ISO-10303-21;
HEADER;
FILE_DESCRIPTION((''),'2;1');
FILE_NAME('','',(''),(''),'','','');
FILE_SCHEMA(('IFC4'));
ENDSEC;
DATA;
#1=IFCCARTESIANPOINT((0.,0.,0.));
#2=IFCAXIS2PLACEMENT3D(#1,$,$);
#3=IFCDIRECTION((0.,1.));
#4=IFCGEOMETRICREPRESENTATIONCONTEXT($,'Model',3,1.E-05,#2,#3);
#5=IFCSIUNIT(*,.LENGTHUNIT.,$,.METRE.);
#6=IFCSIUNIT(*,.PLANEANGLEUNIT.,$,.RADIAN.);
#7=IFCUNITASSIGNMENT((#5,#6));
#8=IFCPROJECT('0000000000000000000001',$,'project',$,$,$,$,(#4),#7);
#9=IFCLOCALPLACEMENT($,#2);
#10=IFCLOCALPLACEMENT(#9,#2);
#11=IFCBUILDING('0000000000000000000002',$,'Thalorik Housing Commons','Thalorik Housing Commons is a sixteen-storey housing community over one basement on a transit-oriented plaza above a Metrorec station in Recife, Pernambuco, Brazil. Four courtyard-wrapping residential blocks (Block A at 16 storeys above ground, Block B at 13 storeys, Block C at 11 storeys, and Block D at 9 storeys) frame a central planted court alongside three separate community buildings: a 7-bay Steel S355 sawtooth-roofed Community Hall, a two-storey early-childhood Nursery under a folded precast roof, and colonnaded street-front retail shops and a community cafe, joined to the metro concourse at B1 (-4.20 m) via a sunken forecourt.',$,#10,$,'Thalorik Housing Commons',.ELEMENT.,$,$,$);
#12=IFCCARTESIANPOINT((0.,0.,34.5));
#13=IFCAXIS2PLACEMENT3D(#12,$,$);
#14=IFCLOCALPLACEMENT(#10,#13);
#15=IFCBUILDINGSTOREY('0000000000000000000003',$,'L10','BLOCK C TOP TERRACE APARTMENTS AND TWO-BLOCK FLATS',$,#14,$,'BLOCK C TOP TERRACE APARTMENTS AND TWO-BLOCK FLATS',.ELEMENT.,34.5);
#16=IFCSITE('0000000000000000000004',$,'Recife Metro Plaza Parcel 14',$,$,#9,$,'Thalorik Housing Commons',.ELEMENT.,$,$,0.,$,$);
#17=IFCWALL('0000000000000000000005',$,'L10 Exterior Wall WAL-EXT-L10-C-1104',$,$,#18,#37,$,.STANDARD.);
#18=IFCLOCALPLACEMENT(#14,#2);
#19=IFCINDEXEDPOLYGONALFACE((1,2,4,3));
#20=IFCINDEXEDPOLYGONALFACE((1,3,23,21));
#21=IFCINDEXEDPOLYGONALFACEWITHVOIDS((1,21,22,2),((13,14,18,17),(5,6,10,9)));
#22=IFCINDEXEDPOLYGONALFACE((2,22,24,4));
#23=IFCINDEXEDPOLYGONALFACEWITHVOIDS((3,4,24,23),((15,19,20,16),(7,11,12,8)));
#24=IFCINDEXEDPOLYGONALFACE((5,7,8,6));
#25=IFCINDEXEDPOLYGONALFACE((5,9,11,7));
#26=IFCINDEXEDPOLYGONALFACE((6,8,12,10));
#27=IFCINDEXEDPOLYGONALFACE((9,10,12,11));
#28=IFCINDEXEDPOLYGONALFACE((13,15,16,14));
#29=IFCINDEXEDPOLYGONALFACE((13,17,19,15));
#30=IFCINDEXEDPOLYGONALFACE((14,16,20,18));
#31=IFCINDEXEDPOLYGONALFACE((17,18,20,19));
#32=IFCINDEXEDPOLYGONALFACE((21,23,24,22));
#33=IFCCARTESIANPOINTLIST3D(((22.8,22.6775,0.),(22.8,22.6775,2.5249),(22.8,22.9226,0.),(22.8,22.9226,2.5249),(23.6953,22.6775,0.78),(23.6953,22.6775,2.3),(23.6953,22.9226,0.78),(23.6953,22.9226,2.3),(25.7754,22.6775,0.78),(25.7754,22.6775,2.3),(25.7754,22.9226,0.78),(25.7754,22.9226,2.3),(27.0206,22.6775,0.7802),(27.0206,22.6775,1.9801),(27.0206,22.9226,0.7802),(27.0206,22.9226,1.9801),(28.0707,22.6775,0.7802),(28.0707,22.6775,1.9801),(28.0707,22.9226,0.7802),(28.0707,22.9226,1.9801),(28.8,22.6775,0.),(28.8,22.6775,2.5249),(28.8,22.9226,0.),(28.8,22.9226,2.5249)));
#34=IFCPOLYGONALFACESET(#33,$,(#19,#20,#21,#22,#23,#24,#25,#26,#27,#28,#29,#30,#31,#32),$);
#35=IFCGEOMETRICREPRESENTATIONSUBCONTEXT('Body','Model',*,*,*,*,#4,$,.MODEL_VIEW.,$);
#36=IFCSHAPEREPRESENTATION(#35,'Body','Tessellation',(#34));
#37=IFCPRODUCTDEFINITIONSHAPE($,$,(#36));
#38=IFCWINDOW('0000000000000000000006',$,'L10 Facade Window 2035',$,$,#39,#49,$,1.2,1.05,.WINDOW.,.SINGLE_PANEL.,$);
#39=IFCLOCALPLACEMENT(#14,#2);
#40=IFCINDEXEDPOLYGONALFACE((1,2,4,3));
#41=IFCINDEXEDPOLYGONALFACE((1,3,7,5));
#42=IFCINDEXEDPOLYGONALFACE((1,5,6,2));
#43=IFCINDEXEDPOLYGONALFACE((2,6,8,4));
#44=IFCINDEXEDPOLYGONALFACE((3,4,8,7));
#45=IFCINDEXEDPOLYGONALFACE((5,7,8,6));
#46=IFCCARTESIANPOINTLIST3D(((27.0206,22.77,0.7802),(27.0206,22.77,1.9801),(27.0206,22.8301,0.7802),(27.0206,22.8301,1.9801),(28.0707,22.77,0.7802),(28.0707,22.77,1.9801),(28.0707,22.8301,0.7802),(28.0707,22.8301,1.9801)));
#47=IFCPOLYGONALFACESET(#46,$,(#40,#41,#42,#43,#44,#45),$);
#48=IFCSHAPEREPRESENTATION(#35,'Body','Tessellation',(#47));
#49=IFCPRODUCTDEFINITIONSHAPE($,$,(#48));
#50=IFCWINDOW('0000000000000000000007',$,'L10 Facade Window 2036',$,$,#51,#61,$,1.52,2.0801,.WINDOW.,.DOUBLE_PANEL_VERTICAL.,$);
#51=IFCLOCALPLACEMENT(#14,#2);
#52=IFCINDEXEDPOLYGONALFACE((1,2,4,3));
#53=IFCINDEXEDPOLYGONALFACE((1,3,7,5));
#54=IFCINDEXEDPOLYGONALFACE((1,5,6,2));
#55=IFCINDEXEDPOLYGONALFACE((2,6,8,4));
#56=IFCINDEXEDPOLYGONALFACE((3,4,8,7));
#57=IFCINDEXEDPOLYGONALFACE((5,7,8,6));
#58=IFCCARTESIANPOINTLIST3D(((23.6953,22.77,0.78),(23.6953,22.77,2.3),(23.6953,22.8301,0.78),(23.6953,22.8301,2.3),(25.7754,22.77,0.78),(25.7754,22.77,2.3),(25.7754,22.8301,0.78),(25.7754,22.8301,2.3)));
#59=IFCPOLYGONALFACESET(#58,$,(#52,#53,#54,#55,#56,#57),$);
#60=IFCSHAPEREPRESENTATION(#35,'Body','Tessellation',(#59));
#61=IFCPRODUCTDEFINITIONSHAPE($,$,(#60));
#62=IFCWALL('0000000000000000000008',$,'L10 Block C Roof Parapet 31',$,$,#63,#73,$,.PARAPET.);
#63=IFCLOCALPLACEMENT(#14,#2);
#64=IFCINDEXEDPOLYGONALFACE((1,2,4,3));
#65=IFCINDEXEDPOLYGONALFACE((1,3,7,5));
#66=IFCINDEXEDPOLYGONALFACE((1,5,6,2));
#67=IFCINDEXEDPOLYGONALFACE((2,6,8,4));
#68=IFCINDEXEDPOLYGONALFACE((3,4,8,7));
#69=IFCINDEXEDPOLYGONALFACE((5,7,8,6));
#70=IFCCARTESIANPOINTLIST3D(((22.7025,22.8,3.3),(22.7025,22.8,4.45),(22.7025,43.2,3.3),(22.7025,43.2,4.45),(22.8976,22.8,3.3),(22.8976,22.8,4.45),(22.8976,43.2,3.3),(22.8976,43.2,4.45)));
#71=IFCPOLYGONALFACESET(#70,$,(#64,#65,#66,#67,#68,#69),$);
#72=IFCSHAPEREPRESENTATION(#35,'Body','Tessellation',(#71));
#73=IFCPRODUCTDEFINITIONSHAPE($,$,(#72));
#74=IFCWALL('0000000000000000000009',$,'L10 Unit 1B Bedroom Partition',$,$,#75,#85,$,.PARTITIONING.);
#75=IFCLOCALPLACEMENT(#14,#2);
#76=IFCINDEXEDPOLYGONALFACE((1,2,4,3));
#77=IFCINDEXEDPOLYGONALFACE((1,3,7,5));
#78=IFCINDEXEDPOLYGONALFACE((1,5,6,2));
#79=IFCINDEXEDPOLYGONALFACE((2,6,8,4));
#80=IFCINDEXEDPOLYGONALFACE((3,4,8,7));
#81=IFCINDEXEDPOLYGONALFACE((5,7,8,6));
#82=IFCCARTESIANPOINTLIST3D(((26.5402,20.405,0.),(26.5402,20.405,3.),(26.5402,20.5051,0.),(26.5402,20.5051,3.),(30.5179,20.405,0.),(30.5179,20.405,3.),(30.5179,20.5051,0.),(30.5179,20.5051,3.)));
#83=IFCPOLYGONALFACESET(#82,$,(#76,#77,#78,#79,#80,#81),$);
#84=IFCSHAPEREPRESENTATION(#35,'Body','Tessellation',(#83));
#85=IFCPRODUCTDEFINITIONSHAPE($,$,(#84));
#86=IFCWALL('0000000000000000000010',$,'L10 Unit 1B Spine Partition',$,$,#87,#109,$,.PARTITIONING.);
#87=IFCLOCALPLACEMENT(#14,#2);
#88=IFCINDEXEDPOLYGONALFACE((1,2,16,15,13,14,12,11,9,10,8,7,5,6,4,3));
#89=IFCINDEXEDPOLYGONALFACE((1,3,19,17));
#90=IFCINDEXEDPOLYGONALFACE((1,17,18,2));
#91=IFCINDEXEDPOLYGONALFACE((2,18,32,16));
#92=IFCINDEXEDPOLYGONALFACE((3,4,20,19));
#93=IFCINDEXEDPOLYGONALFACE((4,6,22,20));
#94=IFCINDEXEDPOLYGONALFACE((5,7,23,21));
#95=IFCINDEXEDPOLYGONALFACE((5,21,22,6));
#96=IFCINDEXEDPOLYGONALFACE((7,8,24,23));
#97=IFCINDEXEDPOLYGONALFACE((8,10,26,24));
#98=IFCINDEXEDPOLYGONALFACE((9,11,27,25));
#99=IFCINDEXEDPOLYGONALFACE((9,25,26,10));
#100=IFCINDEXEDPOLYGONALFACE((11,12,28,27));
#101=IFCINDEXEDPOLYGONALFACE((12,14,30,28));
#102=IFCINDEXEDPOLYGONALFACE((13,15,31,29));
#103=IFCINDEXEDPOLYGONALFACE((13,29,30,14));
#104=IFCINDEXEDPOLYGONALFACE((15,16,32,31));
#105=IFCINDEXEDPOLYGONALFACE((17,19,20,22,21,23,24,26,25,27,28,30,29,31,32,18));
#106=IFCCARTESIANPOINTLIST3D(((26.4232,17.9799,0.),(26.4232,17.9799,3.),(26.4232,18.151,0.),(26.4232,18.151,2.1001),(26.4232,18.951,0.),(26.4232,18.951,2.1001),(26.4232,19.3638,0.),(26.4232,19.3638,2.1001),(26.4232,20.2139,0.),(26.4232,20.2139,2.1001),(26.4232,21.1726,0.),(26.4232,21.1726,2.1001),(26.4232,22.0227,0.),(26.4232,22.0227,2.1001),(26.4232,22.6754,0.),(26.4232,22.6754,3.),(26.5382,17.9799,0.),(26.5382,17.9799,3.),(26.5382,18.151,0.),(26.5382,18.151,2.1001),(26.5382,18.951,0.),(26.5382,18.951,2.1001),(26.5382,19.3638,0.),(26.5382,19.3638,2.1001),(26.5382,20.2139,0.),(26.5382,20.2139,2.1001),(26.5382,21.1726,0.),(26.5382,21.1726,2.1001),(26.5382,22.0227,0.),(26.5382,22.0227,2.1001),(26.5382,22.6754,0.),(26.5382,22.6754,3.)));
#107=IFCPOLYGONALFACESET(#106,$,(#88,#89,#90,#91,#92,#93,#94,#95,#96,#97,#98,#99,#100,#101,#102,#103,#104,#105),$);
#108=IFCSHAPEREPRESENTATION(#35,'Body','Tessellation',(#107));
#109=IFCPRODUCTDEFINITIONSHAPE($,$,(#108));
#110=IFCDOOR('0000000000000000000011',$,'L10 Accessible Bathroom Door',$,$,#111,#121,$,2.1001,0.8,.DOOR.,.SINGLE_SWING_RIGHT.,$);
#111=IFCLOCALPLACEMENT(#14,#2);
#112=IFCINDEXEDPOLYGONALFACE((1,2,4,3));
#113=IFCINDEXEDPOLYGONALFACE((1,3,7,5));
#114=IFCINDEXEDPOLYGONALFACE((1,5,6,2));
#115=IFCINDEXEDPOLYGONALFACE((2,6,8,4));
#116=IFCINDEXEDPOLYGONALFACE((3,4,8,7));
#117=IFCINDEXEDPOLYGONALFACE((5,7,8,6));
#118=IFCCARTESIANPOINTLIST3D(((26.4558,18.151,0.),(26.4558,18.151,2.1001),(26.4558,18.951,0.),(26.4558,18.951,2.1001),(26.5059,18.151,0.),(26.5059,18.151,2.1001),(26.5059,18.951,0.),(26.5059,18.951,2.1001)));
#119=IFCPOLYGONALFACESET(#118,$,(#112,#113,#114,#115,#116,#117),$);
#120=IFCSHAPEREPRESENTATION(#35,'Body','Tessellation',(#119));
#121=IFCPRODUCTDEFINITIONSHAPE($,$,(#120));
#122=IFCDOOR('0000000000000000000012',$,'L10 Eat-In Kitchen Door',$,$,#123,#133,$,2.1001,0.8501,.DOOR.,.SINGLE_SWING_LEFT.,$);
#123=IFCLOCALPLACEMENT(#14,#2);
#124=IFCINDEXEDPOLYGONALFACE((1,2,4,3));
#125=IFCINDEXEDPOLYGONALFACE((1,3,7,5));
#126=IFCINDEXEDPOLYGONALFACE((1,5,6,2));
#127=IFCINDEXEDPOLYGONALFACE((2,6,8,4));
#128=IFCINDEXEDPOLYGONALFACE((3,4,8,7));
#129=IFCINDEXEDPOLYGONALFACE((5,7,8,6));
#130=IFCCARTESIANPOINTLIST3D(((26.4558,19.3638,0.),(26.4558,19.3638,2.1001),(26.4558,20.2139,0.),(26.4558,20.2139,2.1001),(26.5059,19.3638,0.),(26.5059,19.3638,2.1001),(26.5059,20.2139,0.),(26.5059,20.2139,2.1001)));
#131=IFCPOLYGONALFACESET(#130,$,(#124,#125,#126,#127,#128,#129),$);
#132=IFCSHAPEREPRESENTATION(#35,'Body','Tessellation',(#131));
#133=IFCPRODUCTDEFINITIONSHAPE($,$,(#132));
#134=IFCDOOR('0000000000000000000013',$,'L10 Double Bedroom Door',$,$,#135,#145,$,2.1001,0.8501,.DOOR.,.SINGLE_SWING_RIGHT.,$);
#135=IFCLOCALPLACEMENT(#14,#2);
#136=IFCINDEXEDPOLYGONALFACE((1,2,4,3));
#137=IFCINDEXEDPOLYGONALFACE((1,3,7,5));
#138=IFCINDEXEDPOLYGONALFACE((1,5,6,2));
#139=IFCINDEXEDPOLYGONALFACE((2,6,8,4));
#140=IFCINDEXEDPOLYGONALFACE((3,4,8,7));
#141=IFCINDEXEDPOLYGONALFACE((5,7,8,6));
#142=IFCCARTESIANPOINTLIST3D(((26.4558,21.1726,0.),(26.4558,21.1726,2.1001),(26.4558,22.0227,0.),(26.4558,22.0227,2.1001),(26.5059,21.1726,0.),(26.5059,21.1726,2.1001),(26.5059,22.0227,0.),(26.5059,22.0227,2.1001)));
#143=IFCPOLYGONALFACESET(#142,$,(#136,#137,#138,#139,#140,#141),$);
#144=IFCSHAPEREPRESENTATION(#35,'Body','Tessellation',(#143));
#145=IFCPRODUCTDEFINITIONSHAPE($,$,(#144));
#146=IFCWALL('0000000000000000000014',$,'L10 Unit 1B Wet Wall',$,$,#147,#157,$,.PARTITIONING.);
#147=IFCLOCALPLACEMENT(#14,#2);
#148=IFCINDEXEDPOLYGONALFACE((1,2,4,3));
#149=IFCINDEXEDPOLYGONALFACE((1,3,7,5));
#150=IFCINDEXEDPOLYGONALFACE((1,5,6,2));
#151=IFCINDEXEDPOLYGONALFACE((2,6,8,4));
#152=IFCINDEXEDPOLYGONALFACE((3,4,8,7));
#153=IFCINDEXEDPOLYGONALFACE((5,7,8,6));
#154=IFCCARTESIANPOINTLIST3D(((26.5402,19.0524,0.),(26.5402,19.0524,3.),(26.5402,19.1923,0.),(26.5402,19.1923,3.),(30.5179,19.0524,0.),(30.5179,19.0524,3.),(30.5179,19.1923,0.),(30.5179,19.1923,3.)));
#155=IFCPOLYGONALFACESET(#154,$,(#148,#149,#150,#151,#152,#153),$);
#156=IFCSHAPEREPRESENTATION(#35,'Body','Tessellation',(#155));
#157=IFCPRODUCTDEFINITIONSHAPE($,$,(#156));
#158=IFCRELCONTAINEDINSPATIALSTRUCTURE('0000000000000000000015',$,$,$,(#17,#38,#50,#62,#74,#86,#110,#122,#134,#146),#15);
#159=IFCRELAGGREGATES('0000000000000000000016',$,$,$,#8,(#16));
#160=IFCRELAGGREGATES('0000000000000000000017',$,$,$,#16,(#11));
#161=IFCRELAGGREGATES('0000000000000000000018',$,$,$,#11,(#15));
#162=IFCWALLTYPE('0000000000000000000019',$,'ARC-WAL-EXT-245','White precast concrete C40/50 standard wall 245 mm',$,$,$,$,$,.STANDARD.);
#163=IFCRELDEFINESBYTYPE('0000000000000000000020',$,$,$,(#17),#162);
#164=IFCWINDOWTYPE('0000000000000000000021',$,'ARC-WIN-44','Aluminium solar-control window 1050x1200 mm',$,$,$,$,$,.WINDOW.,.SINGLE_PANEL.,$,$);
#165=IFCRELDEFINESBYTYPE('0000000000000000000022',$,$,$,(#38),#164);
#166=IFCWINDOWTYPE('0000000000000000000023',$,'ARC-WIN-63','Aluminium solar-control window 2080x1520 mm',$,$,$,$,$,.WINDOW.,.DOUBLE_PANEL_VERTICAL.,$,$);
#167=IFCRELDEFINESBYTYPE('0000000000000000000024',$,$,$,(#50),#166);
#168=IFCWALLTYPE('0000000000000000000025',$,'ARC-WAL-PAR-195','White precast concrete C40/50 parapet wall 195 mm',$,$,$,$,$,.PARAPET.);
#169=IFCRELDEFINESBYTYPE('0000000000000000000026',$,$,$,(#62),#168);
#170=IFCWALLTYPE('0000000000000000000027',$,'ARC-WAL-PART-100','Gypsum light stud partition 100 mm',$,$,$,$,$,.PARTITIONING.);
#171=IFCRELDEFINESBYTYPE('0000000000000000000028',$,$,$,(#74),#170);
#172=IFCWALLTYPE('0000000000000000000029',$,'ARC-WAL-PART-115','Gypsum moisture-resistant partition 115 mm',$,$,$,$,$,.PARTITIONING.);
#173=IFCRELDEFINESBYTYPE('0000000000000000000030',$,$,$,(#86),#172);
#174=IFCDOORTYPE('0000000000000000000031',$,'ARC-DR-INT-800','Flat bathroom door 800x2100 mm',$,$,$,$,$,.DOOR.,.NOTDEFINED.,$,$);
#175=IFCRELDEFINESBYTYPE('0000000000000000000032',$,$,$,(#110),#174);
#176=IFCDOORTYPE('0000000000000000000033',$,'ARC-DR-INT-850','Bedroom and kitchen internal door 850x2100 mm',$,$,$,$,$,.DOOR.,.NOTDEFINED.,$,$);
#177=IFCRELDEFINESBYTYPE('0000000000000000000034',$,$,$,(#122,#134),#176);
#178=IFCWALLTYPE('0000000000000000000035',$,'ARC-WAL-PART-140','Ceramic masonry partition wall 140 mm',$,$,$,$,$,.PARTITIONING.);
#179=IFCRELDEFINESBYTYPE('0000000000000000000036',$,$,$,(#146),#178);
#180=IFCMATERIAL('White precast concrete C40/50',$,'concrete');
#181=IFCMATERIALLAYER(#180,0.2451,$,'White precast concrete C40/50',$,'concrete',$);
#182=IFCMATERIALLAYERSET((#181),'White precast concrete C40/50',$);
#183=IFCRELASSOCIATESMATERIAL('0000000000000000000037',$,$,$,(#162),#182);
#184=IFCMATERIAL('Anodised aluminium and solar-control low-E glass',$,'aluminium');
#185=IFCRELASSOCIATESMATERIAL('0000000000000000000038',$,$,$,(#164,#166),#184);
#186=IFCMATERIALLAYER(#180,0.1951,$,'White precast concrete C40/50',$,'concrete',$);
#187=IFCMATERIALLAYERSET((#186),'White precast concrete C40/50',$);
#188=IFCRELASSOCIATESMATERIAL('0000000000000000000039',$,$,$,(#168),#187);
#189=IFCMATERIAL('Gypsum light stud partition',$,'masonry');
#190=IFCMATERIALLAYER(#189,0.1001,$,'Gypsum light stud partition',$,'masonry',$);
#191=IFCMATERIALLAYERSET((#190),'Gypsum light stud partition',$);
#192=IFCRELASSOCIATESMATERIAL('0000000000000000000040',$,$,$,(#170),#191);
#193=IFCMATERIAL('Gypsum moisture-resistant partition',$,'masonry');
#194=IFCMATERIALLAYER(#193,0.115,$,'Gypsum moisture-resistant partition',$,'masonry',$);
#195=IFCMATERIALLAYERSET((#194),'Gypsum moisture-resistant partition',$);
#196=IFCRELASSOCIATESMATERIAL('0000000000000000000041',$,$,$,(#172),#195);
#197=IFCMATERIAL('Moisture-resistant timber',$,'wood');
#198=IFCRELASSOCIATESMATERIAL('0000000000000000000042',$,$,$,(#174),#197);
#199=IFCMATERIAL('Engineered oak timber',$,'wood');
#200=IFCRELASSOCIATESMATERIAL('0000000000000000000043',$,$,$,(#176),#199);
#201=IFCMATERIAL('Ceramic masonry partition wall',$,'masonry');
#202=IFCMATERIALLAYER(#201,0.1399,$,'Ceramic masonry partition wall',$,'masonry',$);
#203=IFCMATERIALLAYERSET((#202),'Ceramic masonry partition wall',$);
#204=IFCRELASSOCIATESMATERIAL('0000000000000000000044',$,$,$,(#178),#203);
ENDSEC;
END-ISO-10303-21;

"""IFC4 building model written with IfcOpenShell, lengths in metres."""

from ifc_helpers import new_model, si_unit, direction, frame, frame_2d, origin, place, context, subcontext, project, spatial, rectangle, extrude, material, layer, layer_set, type_object, element, fill, save


model = new_model("IFC4")

# Units and contexts
model_context = context("Model", 3, precision=1e-05, world=origin(), true_north=direction((0.0, 1.0)))
body_context = subcontext(model_context, "Body", "Model", "MODEL_VIEW")
ifc_project = project(units=[si_unit("LENGTHUNIT", "METRE"), si_unit("PLANEANGLEUNIT", "RADIAN")], contexts=[model_context])

# Site, building, storey
site_placement = place(None, origin())
site = spatial("IfcSite", under=ifc_project, at=site_placement, Name="Recife Metro Plaza Parcel 14", LongName="Thalorik Housing Commons", CompositionType="ELEMENT", RefElevation=0.0)
building_placement = place(site_placement, origin())
building = spatial("IfcBuilding", under=site, at=building_placement, Name="Thalorik Housing Commons", Description="Thalorik Housing Commons is a sixteen-storey housing community over one basement on a transit-oriented plaza above a Metrorec station in Recife, Pernambuco, Brazil. Four courtyard-wrapping residential blocks (Block A at 16 storeys above ground, Block B at 13 storeys, Block C at 11 storeys, and Block D at 9 storeys) frame a central planted court alongside three separate community buildings: a 7-bay Steel S355 sawtooth-roofed Community Hall, a two-storey early-childhood Nursery under a folded precast roof, and colonnaded street-front retail shops and a community cafe, joined to the metro concourse at B1 (-4.20 m) via a sunken forecourt.", LongName="Thalorik Housing Commons", CompositionType="ELEMENT")
storey_placement = place(building_placement, frame((0.0, 0.0, 34.5)))
storey = spatial("IfcBuildingStorey", under=building, at=storey_placement, Name="L10", Description="BLOCK C TOP TERRACE APARTMENTS AND TWO-BLOCK FLATS", LongName="BLOCK C TOP TERRACE APARTMENTS AND TWO-BLOCK FLATS", CompositionType="ELEMENT", Elevation=34.5)

# Wall, openings, windows
ifc_material_1 = material(Name="White precast concrete C40/50", Category="concrete")
ifc_layer_1 = layer(ifc_material_1, 0.2451, Name="White precast concrete C40/50", Category="concrete")
ifc_layer_set_1 = layer_set([ifc_layer_1], Name="White precast concrete C40/50")
wall_type_1 = type_object("IfcWallType", Name="ARC-WAL-EXT-245", Description="White precast concrete C40/50 standard wall 245 mm", PredefinedType="STANDARD", material=ifc_layer_set_1)
ifc_material_2 = material(Name="Anodised aluminium and solar-control low-E glass", Category="aluminium")
wall_1_placement = place(storey_placement, frame((28.8, 22.8, 0.0), z_axis=(0.0, 0.0, 1.0), x_axis=(-1.0, 0.0, 0.0)))
wall_1 = element("IfcWall", 1, at=wall_1_placement, inside=storey, type_object=wall_type_1, Name="L10 Exterior Wall WAL-EXT-L10-C-1104", PredefinedType="STANDARD", context=body_context, shape_type="SweptSolid", body=[
    extrude(rectangle(XDim=6.0, YDim=0.2451, at=frame_2d((3.0, 0.0))), origin(), (0.0, 0.0, 1.0), 2.5249),
])
opening_1_placement = place(wall_1_placement, frame((0.7295, 0.0, 0.78)))
opening_1 = element("IfcOpeningElement", 2, at=opening_1_placement, cuts=wall_1, PredefinedType="OPENING", context=body_context, shape_type="SweptSolid", body=[
    extrude(rectangle(XDim=1.05, YDim=1.2, at=frame_2d((0.5249, 0.6001))), frame((0.0, 0.1326, 0.0), z_axis=(0.0, -1.0, 0.0), x_axis=(1.0, 0.0, 0.0)), (0.0, 0.0, 1.0), 0.2651),
])
opening_2_placement = place(wall_1_placement, frame((3.0247, 0.0, 0.78)))
opening_2 = element("IfcOpeningElement", 3, at=opening_2_placement, cuts=wall_1, PredefinedType="OPENING", context=body_context, shape_type="SweptSolid", body=[
    extrude(rectangle(XDim=2.0801, YDim=1.52, at=frame_2d((1.04, 0.76))), frame((0.0, 0.1326, 0.0), z_axis=(0.0, -1.0, 0.0), x_axis=(1.0, 0.0, 0.0)), (0.0, 0.0, 1.0), 0.2651),
])
window_type_1 = type_object("IfcWindowType", Name="ARC-WIN-44", Description="Aluminium solar-control window 1050x1200 mm", PartitioningType="SINGLE_PANEL", PredefinedType="WINDOW", material=ifc_material_2)
window_1_placement = place(opening_1_placement, origin())
window_1 = element("IfcWindow", 4, at=window_1_placement, inside=storey, type_object=window_type_1, Name="L10 Facade Window 2035", OverallHeight=1.2, OverallWidth=1.05, PartitioningType="SINGLE_PANEL", PredefinedType="WINDOW", context=body_context, shape_type="SweptSolid", body=[
    extrude(rectangle(XDim=1.05, YDim=1.2, at=frame_2d((0.5249, 0.6001))), frame((0.0, 0.03, 0.0), z_axis=(0.0, -1.0, 0.0), x_axis=(1.0, 0.0, 0.0)), (0.0, 0.0, 1.0), 0.0601),
])
fill(opening_1, window_1)
window_type_2 = type_object("IfcWindowType", Name="ARC-WIN-63", Description="Aluminium solar-control window 2080x1520 mm", PartitioningType="DOUBLE_PANEL_VERTICAL", PredefinedType="WINDOW", material=ifc_material_2)
window_2_placement = place(opening_2_placement, origin())
window_2 = element("IfcWindow", 5, at=window_2_placement, inside=storey, type_object=window_type_2, Name="L10 Facade Window 2036", OverallHeight=1.52, OverallWidth=2.0801, PartitioningType="DOUBLE_PANEL_VERTICAL", PredefinedType="WINDOW", context=body_context, shape_type="SweptSolid", body=[
    extrude(rectangle(XDim=2.0801, YDim=1.52, at=frame_2d((1.04, 0.76))), frame((0.0, 0.03, 0.0), z_axis=(0.0, -1.0, 0.0), x_axis=(1.0, 0.0, 0.0)), (0.0, 0.0, 1.0), 0.0601),
])
fill(opening_2, window_2)

# Walls
ifc_layer_2 = layer(ifc_material_1, 0.1951, Name="White precast concrete C40/50", Category="concrete")
ifc_layer_set_2 = layer_set([ifc_layer_2], Name="White precast concrete C40/50")
wall_type_2 = type_object("IfcWallType", Name="ARC-WAL-PAR-195", Description="White precast concrete C40/50 parapet wall 195 mm", PredefinedType="PARAPET", material=ifc_layer_set_2)
wall_2_placement = place(storey_placement, frame((22.8, 22.8, 3.3), z_axis=(0.0, 0.0, 1.0), x_axis=(0.0, 1.0, 0.0)))
element("IfcWall", 6, at=wall_2_placement, inside=storey, type_object=wall_type_2, Name="L10 Block C Roof Parapet 31", PredefinedType="PARAPET", context=body_context, shape_type="SweptSolid", body=[
    extrude(rectangle(XDim=20.3999, YDim=0.1951, at=frame_2d((10.2, 0.0))), origin(), (0.0, 0.0, 1.0), 1.1499),
])
ifc_material_3 = material(Name="Gypsum light stud partition", Category="masonry")
ifc_layer_3 = layer(ifc_material_3, 0.1001, Name="Gypsum light stud partition", Category="masonry")
ifc_layer_set_3 = layer_set([ifc_layer_3], Name="Gypsum light stud partition")
wall_type_3 = type_object("IfcWallType", Name="ARC-WAL-PART-100", Description="Gypsum light stud partition 100 mm", PredefinedType="PARTITIONING", material=ifc_layer_set_3)
wall_3_placement = place(storey_placement, frame((26.5403, 20.4551, 0.0), z_axis=(0.0, 0.0, 1.0), x_axis=(1.0, 0.0, 0.0)))
element("IfcWall", 7, at=wall_3_placement, inside=storey, type_object=wall_type_3, Name="L10 Unit 1B Bedroom Partition", PredefinedType="PARTITIONING", context=body_context, shape_type="SweptSolid", body=[
    extrude(rectangle(XDim=3.9778, YDim=0.1001, at=frame_2d((1.9888, 0.0))), origin(), (0.0, 0.0, 1.0), 3.0),
])

# Wall, openings, doors
ifc_material_4 = material(Name="Gypsum moisture-resistant partition", Category="masonry")
ifc_layer_4 = layer(ifc_material_4, 0.115, Name="Gypsum moisture-resistant partition", Category="masonry")
ifc_layer_set_4 = layer_set([ifc_layer_4], Name="Gypsum moisture-resistant partition")
wall_type_4 = type_object("IfcWallType", Name="ARC-WAL-PART-115", Description="Gypsum moisture-resistant partition 115 mm", PredefinedType="PARTITIONING", material=ifc_layer_set_4)
wall_4_placement = place(storey_placement, frame((26.4807, 17.98, 0.0), z_axis=(0.0, 0.0, 1.0), x_axis=(0.0, 1.0, 0.0)))
wall_4 = element("IfcWall", 8, at=wall_4_placement, inside=storey, type_object=wall_type_4, Name="L10 Unit 1B Spine Partition", PredefinedType="PARTITIONING", context=body_context, shape_type="SweptSolid", body=[
    extrude(rectangle(XDim=4.6956, YDim=0.115, at=frame_2d((2.3477, 0.0))), origin(), (0.0, 0.0, 1.0), 3.0),
])
opening_3_placement = place(wall_4_placement, frame((0.1711, 0.0, 0.0)))
opening_3 = element("IfcOpeningElement", 9, at=opening_3_placement, cuts=wall_4, PredefinedType="OPENING", context=body_context, shape_type="SweptSolid", body=[
    extrude(rectangle(XDim=0.8, YDim=2.1001, at=frame_2d((0.3999, 1.05))), frame((0.0, 0.0674, 0.0), z_axis=(0.0, -1.0, 0.0), x_axis=(1.0, 0.0, 0.0)), (0.0, 0.0, 1.0), 0.135),
])
opening_4_placement = place(wall_4_placement, frame((1.3838, 0.0, 0.0)))
opening_4 = element("IfcOpeningElement", 10, at=opening_4_placement, cuts=wall_4, PredefinedType="OPENING", context=body_context, shape_type="SweptSolid", body=[
    extrude(rectangle(XDim=0.8501, YDim=2.1001, at=frame_2d((0.425, 1.05))), frame((0.0, 0.0674, 0.0), z_axis=(0.0, -1.0, 0.0), x_axis=(1.0, 0.0, 0.0)), (0.0, 0.0, 1.0), 0.135),
])
opening_5_placement = place(wall_4_placement, frame((3.1926, 0.0, 0.0)))
opening_5 = element("IfcOpeningElement", 11, at=opening_5_placement, cuts=wall_4, PredefinedType="OPENING", context=body_context, shape_type="SweptSolid", body=[
    extrude(rectangle(XDim=0.8501, YDim=2.1001, at=frame_2d((0.425, 1.05))), frame((0.0, 0.0674, 0.0), z_axis=(0.0, -1.0, 0.0), x_axis=(1.0, 0.0, 0.0)), (0.0, 0.0, 1.0), 0.135),
])
ifc_material_5 = material(Name="Moisture-resistant timber", Category="wood")
door_type_1 = type_object("IfcDoorType", Name="ARC-DR-INT-800", Description="Flat bathroom door 800x2100 mm", OperationType="NOTDEFINED", PredefinedType="DOOR", material=ifc_material_5)
door_1_placement = place(opening_3_placement, origin())
door_1 = element("IfcDoor", 12, at=door_1_placement, inside=storey, type_object=door_type_1, Name="L10 Accessible Bathroom Door", OperationType="SINGLE_SWING_RIGHT", OverallHeight=2.1001, OverallWidth=0.8, PredefinedType="DOOR", context=body_context, shape_type="SweptSolid", body=[
    extrude(rectangle(XDim=0.8, YDim=2.1001, at=frame_2d((0.3999, 1.05))), frame((0.0, 0.0249, 0.0), z_axis=(0.0, -1.0, 0.0), x_axis=(1.0, 0.0, 0.0)), (0.0, 0.0, 1.0), 0.05),
])
fill(opening_3, door_1)
ifc_material_6 = material(Name="Engineered oak timber", Category="wood")
door_type_2 = type_object("IfcDoorType", Name="ARC-DR-INT-850", Description="Bedroom and kitchen internal door 850x2100 mm", OperationType="NOTDEFINED", PredefinedType="DOOR", material=ifc_material_6)
door_2_placement = place(opening_4_placement, origin())
door_2 = element("IfcDoor", 13, at=door_2_placement, inside=storey, type_object=door_type_2, Name="L10 Eat-In Kitchen Door", OperationType="SINGLE_SWING_LEFT", OverallHeight=2.1001, OverallWidth=0.8501, PredefinedType="DOOR", context=body_context, shape_type="SweptSolid", body=[
    extrude(rectangle(XDim=0.8501, YDim=2.1001, at=frame_2d((0.425, 1.05))), frame((0.0, 0.0249, 0.0), z_axis=(0.0, -1.0, 0.0), x_axis=(1.0, 0.0, 0.0)), (0.0, 0.0, 1.0), 0.05),
])
fill(opening_4, door_2)
door_3_placement = place(opening_5_placement, origin())
door_3 = element("IfcDoor", 14, at=door_3_placement, inside=storey, type_object=door_type_2, Name="L10 Double Bedroom Door", OperationType="SINGLE_SWING_RIGHT", OverallHeight=2.1001, OverallWidth=0.8501, PredefinedType="DOOR", context=body_context, shape_type="SweptSolid", body=[
    extrude(rectangle(XDim=0.8501, YDim=2.1001, at=frame_2d((0.425, 1.05))), frame((0.0, 0.0249, 0.0), z_axis=(0.0, -1.0, 0.0), x_axis=(1.0, 0.0, 0.0)), (0.0, 0.0, 1.0), 0.05),
])
fill(opening_5, door_3)

# Wall
ifc_material_7 = material(Name="Ceramic masonry partition wall", Category="masonry")
ifc_layer_5 = layer(ifc_material_7, 0.1399, Name="Ceramic masonry partition wall", Category="masonry")
ifc_layer_set_5 = layer_set([ifc_layer_5], Name="Ceramic masonry partition wall")
wall_type_5 = type_object("IfcWallType", Name="ARC-WAL-PART-140", Description="Ceramic masonry partition wall 140 mm", PredefinedType="PARTITIONING", material=ifc_layer_set_5)
wall_5_placement = place(storey_placement, frame((26.5403, 19.1223, 0.0), z_axis=(0.0, 0.0, 1.0), x_axis=(1.0, 0.0, 0.0)))
element("IfcWall", 15, at=wall_5_placement, inside=storey, type_object=wall_type_5, Name="L10 Unit 1B Wet Wall", PredefinedType="PARTITIONING", context=body_context, shape_type="SweptSolid", body=[
    extrude(rectangle(XDim=3.9778, YDim=0.1399, at=frame_2d((1.9888, 0.0))), origin(), (0.0, 0.0, 1.0), 3.0),
])

save(model, "model.ifc")
